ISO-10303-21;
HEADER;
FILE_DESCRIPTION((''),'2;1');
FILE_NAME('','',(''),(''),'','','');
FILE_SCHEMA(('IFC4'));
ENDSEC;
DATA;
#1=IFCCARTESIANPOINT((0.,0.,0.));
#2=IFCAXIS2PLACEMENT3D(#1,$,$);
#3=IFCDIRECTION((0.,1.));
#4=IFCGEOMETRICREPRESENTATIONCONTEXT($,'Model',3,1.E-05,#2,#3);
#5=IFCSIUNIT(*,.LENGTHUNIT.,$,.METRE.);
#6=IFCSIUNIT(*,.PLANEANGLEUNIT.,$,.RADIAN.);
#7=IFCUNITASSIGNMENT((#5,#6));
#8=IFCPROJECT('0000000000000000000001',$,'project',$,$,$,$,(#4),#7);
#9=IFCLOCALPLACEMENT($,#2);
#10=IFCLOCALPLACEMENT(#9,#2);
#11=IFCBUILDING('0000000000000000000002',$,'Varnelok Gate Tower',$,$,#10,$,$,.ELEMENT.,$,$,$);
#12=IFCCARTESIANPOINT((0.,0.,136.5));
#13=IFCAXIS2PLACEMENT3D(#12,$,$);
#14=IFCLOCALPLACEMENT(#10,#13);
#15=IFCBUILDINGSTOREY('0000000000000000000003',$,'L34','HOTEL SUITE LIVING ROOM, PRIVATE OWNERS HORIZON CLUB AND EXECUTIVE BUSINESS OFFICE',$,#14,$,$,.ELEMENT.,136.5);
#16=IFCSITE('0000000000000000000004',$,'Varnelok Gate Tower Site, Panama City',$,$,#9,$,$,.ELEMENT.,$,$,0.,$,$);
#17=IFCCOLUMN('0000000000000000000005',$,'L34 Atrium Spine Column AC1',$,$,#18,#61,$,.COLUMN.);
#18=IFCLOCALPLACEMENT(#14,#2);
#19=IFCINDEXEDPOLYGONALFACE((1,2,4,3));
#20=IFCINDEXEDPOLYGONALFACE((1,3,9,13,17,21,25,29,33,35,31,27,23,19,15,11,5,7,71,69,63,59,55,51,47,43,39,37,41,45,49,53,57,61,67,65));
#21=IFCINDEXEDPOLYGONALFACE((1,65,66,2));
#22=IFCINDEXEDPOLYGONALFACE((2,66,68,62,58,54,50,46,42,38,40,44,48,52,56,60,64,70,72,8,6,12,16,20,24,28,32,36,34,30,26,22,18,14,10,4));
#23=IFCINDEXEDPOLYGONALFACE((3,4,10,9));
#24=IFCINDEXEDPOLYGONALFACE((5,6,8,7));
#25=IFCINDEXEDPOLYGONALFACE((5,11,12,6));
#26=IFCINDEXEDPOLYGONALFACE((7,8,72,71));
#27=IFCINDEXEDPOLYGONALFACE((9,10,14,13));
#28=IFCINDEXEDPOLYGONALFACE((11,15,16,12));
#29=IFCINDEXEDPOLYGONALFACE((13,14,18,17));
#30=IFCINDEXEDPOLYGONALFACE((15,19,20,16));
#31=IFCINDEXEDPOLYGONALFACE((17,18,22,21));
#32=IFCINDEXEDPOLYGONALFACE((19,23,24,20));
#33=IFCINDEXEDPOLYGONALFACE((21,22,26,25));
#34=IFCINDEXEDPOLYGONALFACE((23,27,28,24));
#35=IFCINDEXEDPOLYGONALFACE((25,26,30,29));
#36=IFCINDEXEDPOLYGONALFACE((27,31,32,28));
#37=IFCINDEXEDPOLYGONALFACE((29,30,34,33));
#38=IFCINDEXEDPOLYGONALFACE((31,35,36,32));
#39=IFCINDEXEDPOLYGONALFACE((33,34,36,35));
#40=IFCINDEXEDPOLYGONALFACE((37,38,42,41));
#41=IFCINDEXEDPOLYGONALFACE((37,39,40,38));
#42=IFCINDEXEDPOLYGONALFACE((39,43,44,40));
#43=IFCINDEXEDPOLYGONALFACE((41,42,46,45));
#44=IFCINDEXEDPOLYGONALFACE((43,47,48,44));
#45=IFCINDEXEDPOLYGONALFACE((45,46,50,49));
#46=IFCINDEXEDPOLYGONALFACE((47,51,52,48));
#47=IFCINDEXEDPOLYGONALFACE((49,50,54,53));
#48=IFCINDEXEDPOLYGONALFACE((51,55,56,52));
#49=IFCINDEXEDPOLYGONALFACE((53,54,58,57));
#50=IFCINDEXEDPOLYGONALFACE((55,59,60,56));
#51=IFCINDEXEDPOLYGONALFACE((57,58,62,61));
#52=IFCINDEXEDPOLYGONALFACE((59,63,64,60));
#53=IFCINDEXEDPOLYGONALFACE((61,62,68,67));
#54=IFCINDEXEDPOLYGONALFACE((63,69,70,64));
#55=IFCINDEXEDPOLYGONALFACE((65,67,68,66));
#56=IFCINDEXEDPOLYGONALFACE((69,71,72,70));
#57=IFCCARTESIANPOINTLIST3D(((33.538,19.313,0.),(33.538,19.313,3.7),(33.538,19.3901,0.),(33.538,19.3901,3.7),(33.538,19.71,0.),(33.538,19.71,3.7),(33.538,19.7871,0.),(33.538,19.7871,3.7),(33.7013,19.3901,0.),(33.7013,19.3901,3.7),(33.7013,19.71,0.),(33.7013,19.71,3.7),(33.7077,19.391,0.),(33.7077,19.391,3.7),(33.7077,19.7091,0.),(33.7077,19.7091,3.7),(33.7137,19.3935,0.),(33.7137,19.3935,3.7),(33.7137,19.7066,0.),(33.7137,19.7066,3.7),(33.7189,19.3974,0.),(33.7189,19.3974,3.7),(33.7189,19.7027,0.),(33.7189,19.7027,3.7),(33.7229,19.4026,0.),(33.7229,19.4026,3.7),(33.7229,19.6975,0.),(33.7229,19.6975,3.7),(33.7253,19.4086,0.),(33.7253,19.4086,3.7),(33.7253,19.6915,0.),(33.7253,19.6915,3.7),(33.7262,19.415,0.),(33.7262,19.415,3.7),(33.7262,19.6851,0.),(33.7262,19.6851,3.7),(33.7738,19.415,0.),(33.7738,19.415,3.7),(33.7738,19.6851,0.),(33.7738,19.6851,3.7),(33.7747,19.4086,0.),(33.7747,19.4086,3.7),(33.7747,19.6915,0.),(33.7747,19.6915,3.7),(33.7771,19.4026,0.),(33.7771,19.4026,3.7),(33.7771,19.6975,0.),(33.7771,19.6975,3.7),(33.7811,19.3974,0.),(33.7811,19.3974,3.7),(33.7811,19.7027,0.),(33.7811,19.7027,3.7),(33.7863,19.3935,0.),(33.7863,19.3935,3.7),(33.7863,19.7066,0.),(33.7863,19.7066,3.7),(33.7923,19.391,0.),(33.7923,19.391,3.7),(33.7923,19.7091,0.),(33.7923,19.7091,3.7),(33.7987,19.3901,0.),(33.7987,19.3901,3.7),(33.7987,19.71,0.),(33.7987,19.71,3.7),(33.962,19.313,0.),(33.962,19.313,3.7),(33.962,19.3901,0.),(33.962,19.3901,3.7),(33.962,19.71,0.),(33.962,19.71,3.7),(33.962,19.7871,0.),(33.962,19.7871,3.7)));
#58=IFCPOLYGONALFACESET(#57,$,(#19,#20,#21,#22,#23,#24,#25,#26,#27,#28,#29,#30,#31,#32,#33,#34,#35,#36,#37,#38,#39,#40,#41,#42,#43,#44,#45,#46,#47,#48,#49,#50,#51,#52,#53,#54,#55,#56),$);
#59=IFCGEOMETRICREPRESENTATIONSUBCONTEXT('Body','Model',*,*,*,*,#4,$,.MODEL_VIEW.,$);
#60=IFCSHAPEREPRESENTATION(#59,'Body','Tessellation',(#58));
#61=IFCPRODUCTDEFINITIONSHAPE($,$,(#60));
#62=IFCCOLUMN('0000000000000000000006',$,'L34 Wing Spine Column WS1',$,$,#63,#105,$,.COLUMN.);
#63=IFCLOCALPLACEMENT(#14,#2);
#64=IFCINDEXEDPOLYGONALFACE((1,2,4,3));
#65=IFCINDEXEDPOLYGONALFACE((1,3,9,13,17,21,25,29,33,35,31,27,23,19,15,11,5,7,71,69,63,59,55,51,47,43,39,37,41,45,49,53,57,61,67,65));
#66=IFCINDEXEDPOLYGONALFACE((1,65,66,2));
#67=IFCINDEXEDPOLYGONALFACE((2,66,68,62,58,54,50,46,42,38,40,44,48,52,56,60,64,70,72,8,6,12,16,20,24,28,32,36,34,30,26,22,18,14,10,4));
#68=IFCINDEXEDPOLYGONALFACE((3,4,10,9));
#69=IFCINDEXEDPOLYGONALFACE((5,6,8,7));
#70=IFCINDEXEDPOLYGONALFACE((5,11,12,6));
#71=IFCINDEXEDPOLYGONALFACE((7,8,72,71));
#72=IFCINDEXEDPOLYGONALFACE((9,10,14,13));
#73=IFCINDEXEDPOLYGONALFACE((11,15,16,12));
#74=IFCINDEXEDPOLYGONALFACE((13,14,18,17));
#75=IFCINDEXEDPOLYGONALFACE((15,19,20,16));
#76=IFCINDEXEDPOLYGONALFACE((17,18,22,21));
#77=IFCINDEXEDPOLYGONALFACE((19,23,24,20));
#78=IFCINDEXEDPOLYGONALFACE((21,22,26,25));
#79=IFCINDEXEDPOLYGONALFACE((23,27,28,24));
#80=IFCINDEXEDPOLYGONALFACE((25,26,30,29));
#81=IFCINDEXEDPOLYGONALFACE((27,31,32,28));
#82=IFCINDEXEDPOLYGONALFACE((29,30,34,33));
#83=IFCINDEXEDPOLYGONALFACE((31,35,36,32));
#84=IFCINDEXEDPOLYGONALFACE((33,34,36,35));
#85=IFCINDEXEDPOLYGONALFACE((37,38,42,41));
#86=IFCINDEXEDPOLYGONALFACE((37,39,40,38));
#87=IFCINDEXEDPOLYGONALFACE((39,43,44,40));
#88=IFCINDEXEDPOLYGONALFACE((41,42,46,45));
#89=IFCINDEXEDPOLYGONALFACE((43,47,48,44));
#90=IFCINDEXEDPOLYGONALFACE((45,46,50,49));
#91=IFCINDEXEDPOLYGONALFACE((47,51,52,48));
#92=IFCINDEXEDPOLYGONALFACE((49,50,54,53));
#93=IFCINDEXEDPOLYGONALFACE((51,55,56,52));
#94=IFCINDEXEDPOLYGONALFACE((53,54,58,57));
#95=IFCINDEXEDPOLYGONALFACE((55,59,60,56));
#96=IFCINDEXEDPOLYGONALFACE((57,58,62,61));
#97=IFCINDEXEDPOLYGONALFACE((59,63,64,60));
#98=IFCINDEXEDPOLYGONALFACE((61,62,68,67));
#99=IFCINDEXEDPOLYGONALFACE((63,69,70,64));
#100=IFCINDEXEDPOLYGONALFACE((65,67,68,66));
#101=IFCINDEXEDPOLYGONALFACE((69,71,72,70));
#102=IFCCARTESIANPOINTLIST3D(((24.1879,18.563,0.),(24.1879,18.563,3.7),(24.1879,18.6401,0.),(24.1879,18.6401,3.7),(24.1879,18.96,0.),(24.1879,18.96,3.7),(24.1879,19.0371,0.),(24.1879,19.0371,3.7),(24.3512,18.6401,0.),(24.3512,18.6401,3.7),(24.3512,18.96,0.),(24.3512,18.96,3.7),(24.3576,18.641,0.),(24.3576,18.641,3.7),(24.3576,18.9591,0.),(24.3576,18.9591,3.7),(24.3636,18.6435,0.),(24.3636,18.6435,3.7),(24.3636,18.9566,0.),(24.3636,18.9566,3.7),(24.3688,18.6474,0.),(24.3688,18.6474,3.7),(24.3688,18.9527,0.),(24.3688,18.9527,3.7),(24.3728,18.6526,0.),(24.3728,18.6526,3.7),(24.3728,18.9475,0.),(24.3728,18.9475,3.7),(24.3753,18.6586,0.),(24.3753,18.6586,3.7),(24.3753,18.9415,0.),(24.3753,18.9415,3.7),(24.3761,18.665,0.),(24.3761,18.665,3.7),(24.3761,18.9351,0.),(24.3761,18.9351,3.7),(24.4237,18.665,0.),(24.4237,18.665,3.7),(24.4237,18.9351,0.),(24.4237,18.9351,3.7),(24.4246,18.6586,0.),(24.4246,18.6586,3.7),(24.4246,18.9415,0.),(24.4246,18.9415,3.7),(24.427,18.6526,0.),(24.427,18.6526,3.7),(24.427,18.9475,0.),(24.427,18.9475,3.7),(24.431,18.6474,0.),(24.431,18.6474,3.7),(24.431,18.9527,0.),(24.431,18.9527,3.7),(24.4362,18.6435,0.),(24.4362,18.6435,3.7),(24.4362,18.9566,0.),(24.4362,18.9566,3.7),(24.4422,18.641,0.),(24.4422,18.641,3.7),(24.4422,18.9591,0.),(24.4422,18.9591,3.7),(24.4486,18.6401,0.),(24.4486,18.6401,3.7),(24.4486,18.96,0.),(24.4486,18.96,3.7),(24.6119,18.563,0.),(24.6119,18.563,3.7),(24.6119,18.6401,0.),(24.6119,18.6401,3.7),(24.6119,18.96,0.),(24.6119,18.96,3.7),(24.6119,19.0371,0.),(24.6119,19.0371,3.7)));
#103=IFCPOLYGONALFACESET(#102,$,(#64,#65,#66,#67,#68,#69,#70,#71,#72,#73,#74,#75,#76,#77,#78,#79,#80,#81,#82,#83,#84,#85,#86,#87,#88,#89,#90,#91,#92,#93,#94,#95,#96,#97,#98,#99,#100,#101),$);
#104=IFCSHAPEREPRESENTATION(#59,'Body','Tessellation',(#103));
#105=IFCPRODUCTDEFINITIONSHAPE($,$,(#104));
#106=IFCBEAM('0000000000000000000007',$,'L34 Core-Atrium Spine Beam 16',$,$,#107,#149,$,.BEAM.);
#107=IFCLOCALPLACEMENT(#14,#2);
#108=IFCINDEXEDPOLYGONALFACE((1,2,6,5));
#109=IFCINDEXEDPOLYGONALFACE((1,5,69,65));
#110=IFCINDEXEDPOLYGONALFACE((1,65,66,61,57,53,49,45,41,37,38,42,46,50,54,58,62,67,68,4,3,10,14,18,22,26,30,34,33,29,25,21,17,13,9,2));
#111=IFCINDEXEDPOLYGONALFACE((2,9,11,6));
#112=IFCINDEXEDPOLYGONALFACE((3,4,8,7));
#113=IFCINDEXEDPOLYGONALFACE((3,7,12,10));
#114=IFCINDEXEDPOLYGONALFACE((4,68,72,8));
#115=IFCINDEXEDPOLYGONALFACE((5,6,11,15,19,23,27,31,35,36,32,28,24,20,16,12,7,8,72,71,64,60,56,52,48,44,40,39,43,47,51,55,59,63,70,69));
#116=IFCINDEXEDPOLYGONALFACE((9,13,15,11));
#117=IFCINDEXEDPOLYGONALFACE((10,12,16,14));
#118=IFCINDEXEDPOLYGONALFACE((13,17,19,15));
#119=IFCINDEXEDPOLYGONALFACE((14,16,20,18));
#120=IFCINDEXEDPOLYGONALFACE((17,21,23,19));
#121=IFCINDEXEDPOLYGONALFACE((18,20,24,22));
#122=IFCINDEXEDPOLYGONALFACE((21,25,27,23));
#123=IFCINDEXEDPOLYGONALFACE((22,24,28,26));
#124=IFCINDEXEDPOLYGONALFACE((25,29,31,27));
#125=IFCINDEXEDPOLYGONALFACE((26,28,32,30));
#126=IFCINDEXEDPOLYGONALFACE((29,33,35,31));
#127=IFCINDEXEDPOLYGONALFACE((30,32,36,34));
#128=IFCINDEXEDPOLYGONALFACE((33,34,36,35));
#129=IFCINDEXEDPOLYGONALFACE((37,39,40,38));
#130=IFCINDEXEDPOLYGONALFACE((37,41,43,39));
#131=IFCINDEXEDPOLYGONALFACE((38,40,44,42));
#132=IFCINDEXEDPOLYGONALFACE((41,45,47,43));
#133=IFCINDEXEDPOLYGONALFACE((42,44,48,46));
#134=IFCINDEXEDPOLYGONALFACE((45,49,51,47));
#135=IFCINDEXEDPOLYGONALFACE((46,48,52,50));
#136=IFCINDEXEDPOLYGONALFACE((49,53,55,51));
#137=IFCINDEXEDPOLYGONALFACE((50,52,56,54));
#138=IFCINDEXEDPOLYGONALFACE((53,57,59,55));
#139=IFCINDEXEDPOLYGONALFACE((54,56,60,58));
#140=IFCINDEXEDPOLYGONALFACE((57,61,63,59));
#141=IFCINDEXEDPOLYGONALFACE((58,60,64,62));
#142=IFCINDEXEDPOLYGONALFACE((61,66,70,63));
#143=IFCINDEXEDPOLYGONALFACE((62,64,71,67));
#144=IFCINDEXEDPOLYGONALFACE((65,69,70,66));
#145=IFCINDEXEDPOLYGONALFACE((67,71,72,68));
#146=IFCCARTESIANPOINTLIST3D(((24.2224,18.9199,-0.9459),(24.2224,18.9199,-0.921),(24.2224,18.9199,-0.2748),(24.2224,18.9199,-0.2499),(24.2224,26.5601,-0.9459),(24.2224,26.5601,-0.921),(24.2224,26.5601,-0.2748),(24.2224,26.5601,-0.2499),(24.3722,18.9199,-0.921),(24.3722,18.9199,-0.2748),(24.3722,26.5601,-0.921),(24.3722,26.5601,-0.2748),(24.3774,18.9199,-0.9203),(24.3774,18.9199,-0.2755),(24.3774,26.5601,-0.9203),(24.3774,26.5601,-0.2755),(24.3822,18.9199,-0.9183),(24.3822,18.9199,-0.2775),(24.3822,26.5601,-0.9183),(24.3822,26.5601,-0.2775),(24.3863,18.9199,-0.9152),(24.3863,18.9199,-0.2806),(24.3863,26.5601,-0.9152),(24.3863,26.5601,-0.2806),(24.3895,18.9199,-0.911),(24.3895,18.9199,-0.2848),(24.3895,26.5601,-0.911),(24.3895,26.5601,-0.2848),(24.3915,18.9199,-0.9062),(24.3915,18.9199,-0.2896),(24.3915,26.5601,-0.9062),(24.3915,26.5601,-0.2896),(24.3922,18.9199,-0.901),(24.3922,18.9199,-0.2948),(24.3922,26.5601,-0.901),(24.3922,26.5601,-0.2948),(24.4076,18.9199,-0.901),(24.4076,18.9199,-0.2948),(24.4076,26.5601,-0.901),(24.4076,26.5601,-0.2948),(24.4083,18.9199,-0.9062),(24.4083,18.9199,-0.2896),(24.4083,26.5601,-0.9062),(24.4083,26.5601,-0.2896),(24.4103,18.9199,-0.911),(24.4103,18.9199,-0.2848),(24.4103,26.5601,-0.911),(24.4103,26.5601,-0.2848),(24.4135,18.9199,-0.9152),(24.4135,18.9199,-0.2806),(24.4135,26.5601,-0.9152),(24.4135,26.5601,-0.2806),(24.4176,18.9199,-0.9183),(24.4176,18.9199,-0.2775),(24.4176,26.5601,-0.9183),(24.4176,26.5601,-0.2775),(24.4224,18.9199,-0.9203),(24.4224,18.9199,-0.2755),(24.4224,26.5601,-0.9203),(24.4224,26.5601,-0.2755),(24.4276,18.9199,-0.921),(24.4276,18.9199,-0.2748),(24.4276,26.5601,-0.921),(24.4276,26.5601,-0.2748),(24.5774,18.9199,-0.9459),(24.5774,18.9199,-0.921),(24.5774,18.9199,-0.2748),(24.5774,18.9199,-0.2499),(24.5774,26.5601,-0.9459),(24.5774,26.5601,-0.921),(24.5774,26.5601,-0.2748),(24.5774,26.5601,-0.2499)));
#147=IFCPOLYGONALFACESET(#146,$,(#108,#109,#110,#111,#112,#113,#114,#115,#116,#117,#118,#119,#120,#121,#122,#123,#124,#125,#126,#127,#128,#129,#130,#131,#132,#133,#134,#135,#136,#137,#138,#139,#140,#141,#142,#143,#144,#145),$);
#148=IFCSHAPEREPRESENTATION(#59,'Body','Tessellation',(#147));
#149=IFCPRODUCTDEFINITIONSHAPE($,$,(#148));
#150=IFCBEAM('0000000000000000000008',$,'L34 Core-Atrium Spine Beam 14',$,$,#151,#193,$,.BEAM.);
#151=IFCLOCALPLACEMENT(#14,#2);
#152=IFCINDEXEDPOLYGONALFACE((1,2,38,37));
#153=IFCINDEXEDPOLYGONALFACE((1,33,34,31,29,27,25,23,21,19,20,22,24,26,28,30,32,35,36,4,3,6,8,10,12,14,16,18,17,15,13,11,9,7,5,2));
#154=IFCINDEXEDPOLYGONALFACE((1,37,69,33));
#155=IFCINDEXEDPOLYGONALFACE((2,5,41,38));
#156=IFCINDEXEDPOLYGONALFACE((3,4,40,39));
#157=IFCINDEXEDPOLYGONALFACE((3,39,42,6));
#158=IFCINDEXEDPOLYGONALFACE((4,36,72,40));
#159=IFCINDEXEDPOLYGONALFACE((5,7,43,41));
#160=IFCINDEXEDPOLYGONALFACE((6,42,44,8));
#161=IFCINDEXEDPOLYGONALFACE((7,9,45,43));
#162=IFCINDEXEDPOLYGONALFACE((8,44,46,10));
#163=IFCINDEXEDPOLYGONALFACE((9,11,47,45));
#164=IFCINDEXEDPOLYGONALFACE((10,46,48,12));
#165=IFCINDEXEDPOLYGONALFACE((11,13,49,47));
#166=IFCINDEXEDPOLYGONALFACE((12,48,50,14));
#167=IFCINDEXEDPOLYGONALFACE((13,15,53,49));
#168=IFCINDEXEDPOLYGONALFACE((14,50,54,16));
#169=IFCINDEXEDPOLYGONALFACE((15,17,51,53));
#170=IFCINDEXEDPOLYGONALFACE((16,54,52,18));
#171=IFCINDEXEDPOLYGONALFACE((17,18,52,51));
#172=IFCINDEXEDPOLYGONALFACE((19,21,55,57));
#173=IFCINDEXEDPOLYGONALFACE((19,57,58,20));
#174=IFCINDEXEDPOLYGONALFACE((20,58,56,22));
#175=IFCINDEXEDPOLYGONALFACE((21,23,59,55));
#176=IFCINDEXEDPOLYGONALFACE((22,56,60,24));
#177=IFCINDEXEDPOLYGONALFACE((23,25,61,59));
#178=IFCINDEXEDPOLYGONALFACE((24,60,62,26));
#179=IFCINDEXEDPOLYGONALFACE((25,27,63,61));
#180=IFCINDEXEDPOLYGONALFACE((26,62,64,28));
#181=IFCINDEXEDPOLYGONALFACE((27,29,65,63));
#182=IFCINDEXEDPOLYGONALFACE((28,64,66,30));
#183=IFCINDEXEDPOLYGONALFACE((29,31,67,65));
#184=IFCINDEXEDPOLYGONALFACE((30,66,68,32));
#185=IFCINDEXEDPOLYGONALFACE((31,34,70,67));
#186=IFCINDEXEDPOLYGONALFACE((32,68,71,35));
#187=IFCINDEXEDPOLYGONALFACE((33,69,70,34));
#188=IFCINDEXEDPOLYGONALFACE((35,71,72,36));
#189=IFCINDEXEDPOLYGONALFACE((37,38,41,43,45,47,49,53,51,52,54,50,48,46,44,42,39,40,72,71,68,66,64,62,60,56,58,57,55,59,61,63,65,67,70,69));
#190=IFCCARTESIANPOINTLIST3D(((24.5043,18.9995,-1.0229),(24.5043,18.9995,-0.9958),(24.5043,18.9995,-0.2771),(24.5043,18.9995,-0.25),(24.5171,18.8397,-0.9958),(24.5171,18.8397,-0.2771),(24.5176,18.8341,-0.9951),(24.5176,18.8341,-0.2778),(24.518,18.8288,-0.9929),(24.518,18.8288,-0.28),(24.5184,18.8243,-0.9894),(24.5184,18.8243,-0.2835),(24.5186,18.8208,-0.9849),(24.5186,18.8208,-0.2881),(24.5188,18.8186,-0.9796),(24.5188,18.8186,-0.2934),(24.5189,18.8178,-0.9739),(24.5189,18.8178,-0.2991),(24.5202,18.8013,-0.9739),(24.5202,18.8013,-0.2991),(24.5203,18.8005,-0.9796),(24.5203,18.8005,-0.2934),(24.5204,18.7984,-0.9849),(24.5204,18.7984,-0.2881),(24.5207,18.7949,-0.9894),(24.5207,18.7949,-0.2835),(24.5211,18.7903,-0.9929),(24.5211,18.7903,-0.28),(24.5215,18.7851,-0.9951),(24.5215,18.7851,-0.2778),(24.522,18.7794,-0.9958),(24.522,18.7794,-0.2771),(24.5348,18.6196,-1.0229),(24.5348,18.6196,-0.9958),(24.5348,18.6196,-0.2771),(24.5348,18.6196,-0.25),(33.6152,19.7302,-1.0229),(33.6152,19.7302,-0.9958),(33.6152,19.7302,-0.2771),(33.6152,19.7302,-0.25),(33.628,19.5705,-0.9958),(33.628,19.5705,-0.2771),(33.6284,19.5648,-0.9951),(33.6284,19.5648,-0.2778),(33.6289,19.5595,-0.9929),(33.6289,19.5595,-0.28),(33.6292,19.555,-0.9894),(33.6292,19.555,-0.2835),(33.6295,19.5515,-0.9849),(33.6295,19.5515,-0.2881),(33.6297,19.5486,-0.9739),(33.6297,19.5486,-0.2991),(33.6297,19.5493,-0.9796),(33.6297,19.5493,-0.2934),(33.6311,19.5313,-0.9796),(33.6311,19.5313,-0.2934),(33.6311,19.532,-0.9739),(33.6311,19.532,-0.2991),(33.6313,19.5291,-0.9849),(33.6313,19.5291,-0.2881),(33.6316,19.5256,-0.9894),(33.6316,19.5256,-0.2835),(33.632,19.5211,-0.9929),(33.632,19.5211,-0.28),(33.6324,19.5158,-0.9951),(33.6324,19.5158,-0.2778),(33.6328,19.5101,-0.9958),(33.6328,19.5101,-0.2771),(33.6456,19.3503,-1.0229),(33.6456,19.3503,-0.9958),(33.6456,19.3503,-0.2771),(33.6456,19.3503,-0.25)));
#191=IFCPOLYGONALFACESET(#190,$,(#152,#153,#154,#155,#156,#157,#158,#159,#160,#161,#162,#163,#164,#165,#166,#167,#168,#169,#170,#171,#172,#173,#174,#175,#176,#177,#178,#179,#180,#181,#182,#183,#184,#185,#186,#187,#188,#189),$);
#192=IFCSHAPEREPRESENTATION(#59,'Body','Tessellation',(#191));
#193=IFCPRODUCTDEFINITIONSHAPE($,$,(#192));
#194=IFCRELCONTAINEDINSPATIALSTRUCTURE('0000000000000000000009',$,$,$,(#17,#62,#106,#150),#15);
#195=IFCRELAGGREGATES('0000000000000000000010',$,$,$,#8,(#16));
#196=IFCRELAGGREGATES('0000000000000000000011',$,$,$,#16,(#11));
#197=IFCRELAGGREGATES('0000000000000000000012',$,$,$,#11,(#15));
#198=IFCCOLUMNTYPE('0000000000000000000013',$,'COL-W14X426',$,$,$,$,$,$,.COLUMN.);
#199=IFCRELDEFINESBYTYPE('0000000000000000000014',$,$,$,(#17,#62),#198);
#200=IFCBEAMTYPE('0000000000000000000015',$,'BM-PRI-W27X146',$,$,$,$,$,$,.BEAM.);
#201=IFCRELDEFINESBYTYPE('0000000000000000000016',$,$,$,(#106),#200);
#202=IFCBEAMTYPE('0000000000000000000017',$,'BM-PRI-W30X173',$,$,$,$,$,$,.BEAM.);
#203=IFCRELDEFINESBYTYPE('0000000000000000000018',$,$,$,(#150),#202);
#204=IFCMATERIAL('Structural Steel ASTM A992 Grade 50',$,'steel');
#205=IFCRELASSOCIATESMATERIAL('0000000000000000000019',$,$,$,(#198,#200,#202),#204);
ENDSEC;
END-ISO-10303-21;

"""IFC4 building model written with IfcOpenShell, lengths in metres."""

from ifc_helpers import new_model, si_unit, direction, frame, origin, origin_2d, place, context, subcontext, project, spatial, i_section, extrude, material, material_profile, profile_set, type_object, element, save


model = new_model("IFC4")

# Units and contexts
model_context = context("Model", 3, precision=1e-05, world=origin(), true_north=direction((0.0, 1.0)))
body_context = subcontext(model_context, "Body", "Model", "MODEL_VIEW")
ifc_project = project(units=[si_unit("LENGTHUNIT", "METRE"), si_unit("PLANEANGLEUNIT", "RADIAN")], contexts=[model_context])

# Site, building, storey
site_placement = place(None, origin())
site = spatial("IfcSite", under=ifc_project, at=site_placement, Name="Varnelok Gate Tower Site, Panama City", CompositionType="ELEMENT", RefElevation=0.0)
building_placement = place(site_placement, origin())
building = spatial("IfcBuilding", under=site, at=building_placement, Name="Varnelok Gate Tower", CompositionType="ELEMENT")
storey_placement = place(building_placement, frame((0.0, 0.0, 136.5)))
storey = spatial("IfcBuildingStorey", under=building, at=storey_placement, Name="L34", Description="HOTEL SUITE LIVING ROOM, PRIVATE OWNERS HORIZON CLUB AND EXECUTIVE BUSINESS OFFICE", CompositionType="ELEMENT", Elevation=136.5)

# Columns
ifc_material_1 = material(Name="Structural Steel ASTM A992 Grade 50", Category="steel")
ifc_material_profile_1 = material_profile(ifc_material_1, i_section(OverallWidth=0.4241, OverallDepth=0.4741, WebThickness=0.0476, FlangeThickness=0.0771, FilletRadius=0.0249, at=origin_2d()), Name="W14X426")
ifc_profile_set_1 = profile_set([ifc_material_profile_1], Name="Structural Steel ASTM A992 Grade 50")
column_type = type_object("IfcColumnType", Name="COL-W14X426", PredefinedType="COLUMN", material=ifc_profile_set_1)
for number, where, z_axis, x_axis, name in (
    (1, (33.75, 19.55, 0.0), (0.0, 0.0, 1.0), (1.0, 0.0, 0.0), "L34 Atrium Spine Column AC1"),
    (2, (24.3999, 18.8, 0.0), (0.0, 0.0, 1.0), (1.0, 0.0, 0.0), "L34 Wing Spine Column WS1"),
):
    element("IfcColumn", number, at=place(storey_placement, frame(where, z_axis=z_axis, x_axis=x_axis)), inside=storey, type_object=column_type, Name=name, PredefinedType="COLUMN", context=body_context, shape_type="SweptSolid", body=[
        extrude(i_section(OverallWidth=0.4241, OverallDepth=0.4741, WebThickness=0.0476, FlangeThickness=0.0771, FilletRadius=0.0249, at=origin_2d()), origin(), (0.0, 0.0, 1.0), 3.7),
    ])

# Beams
ifc_material_profile_2 = material_profile(ifc_material_1, i_section(OverallWidth=0.355, OverallDepth=0.696, WebThickness=0.0154, FlangeThickness=0.0249, FilletRadius=0.02, at=origin_2d()), Name="W27X146")
ifc_profile_set_2 = profile_set([ifc_material_profile_2], Name="Structural Steel ASTM A992 Grade 50")
beam_type_1 = type_object("IfcBeamType", Name="BM-PRI-W27X146", PredefinedType="BEAM", material=ifc_profile_set_2)
beam_1_placement = place(storey_placement, frame((24.3999, 18.9199, -0.5979), z_axis=(0.0, 1.0, 0.0), x_axis=(-1.0, 0.0, 0.0)))
element("IfcBeam", 3, at=beam_1_placement, inside=storey, type_object=beam_type_1, Name="L34 Core-Atrium Spine Beam 16", PredefinedType="BEAM", context=body_context, shape_type="SweptSolid", body=[
    extrude(i_section(OverallWidth=0.355, OverallDepth=0.696, WebThickness=0.0154, FlangeThickness=0.0249, FilletRadius=0.02, at=origin_2d()), origin(), (0.0, 0.0, 1.0), 7.6401),
])
ifc_material_profile_3 = material_profile(ifc_material_1, i_section(OverallWidth=0.3811, OverallDepth=0.7729, WebThickness=0.0166, FlangeThickness=0.0271, FilletRadius=0.022, at=origin_2d()), Name="W30X173")
ifc_profile_set_3 = profile_set([ifc_material_profile_3], Name="Structural Steel ASTM A992 Grade 50")
beam_type_2 = type_object("IfcBeamType", Name="BM-PRI-W30X173", PredefinedType="BEAM", material=ifc_profile_set_3)
beam_2_placement = place(storey_placement, frame((24.5195, 18.8096, -0.6365), z_axis=(0.996799, 0.079946, 0.0), x_axis=(-0.079946, 0.996799, 0.0)))
element("IfcBeam", 4, at=beam_2_placement, inside=storey, type_object=beam_type_2, Name="L34 Core-Atrium Spine Beam 14", PredefinedType="BEAM", context=body_context, shape_type="SweptSolid", body=[
    extrude(i_section(OverallWidth=0.3811, OverallDepth=0.7729, WebThickness=0.0166, FlangeThickness=0.0271, FilletRadius=0.022, at=origin_2d()), origin(), (0.0, 0.0, 1.0), 9.1401),
])

save(model, "model.ifc")
